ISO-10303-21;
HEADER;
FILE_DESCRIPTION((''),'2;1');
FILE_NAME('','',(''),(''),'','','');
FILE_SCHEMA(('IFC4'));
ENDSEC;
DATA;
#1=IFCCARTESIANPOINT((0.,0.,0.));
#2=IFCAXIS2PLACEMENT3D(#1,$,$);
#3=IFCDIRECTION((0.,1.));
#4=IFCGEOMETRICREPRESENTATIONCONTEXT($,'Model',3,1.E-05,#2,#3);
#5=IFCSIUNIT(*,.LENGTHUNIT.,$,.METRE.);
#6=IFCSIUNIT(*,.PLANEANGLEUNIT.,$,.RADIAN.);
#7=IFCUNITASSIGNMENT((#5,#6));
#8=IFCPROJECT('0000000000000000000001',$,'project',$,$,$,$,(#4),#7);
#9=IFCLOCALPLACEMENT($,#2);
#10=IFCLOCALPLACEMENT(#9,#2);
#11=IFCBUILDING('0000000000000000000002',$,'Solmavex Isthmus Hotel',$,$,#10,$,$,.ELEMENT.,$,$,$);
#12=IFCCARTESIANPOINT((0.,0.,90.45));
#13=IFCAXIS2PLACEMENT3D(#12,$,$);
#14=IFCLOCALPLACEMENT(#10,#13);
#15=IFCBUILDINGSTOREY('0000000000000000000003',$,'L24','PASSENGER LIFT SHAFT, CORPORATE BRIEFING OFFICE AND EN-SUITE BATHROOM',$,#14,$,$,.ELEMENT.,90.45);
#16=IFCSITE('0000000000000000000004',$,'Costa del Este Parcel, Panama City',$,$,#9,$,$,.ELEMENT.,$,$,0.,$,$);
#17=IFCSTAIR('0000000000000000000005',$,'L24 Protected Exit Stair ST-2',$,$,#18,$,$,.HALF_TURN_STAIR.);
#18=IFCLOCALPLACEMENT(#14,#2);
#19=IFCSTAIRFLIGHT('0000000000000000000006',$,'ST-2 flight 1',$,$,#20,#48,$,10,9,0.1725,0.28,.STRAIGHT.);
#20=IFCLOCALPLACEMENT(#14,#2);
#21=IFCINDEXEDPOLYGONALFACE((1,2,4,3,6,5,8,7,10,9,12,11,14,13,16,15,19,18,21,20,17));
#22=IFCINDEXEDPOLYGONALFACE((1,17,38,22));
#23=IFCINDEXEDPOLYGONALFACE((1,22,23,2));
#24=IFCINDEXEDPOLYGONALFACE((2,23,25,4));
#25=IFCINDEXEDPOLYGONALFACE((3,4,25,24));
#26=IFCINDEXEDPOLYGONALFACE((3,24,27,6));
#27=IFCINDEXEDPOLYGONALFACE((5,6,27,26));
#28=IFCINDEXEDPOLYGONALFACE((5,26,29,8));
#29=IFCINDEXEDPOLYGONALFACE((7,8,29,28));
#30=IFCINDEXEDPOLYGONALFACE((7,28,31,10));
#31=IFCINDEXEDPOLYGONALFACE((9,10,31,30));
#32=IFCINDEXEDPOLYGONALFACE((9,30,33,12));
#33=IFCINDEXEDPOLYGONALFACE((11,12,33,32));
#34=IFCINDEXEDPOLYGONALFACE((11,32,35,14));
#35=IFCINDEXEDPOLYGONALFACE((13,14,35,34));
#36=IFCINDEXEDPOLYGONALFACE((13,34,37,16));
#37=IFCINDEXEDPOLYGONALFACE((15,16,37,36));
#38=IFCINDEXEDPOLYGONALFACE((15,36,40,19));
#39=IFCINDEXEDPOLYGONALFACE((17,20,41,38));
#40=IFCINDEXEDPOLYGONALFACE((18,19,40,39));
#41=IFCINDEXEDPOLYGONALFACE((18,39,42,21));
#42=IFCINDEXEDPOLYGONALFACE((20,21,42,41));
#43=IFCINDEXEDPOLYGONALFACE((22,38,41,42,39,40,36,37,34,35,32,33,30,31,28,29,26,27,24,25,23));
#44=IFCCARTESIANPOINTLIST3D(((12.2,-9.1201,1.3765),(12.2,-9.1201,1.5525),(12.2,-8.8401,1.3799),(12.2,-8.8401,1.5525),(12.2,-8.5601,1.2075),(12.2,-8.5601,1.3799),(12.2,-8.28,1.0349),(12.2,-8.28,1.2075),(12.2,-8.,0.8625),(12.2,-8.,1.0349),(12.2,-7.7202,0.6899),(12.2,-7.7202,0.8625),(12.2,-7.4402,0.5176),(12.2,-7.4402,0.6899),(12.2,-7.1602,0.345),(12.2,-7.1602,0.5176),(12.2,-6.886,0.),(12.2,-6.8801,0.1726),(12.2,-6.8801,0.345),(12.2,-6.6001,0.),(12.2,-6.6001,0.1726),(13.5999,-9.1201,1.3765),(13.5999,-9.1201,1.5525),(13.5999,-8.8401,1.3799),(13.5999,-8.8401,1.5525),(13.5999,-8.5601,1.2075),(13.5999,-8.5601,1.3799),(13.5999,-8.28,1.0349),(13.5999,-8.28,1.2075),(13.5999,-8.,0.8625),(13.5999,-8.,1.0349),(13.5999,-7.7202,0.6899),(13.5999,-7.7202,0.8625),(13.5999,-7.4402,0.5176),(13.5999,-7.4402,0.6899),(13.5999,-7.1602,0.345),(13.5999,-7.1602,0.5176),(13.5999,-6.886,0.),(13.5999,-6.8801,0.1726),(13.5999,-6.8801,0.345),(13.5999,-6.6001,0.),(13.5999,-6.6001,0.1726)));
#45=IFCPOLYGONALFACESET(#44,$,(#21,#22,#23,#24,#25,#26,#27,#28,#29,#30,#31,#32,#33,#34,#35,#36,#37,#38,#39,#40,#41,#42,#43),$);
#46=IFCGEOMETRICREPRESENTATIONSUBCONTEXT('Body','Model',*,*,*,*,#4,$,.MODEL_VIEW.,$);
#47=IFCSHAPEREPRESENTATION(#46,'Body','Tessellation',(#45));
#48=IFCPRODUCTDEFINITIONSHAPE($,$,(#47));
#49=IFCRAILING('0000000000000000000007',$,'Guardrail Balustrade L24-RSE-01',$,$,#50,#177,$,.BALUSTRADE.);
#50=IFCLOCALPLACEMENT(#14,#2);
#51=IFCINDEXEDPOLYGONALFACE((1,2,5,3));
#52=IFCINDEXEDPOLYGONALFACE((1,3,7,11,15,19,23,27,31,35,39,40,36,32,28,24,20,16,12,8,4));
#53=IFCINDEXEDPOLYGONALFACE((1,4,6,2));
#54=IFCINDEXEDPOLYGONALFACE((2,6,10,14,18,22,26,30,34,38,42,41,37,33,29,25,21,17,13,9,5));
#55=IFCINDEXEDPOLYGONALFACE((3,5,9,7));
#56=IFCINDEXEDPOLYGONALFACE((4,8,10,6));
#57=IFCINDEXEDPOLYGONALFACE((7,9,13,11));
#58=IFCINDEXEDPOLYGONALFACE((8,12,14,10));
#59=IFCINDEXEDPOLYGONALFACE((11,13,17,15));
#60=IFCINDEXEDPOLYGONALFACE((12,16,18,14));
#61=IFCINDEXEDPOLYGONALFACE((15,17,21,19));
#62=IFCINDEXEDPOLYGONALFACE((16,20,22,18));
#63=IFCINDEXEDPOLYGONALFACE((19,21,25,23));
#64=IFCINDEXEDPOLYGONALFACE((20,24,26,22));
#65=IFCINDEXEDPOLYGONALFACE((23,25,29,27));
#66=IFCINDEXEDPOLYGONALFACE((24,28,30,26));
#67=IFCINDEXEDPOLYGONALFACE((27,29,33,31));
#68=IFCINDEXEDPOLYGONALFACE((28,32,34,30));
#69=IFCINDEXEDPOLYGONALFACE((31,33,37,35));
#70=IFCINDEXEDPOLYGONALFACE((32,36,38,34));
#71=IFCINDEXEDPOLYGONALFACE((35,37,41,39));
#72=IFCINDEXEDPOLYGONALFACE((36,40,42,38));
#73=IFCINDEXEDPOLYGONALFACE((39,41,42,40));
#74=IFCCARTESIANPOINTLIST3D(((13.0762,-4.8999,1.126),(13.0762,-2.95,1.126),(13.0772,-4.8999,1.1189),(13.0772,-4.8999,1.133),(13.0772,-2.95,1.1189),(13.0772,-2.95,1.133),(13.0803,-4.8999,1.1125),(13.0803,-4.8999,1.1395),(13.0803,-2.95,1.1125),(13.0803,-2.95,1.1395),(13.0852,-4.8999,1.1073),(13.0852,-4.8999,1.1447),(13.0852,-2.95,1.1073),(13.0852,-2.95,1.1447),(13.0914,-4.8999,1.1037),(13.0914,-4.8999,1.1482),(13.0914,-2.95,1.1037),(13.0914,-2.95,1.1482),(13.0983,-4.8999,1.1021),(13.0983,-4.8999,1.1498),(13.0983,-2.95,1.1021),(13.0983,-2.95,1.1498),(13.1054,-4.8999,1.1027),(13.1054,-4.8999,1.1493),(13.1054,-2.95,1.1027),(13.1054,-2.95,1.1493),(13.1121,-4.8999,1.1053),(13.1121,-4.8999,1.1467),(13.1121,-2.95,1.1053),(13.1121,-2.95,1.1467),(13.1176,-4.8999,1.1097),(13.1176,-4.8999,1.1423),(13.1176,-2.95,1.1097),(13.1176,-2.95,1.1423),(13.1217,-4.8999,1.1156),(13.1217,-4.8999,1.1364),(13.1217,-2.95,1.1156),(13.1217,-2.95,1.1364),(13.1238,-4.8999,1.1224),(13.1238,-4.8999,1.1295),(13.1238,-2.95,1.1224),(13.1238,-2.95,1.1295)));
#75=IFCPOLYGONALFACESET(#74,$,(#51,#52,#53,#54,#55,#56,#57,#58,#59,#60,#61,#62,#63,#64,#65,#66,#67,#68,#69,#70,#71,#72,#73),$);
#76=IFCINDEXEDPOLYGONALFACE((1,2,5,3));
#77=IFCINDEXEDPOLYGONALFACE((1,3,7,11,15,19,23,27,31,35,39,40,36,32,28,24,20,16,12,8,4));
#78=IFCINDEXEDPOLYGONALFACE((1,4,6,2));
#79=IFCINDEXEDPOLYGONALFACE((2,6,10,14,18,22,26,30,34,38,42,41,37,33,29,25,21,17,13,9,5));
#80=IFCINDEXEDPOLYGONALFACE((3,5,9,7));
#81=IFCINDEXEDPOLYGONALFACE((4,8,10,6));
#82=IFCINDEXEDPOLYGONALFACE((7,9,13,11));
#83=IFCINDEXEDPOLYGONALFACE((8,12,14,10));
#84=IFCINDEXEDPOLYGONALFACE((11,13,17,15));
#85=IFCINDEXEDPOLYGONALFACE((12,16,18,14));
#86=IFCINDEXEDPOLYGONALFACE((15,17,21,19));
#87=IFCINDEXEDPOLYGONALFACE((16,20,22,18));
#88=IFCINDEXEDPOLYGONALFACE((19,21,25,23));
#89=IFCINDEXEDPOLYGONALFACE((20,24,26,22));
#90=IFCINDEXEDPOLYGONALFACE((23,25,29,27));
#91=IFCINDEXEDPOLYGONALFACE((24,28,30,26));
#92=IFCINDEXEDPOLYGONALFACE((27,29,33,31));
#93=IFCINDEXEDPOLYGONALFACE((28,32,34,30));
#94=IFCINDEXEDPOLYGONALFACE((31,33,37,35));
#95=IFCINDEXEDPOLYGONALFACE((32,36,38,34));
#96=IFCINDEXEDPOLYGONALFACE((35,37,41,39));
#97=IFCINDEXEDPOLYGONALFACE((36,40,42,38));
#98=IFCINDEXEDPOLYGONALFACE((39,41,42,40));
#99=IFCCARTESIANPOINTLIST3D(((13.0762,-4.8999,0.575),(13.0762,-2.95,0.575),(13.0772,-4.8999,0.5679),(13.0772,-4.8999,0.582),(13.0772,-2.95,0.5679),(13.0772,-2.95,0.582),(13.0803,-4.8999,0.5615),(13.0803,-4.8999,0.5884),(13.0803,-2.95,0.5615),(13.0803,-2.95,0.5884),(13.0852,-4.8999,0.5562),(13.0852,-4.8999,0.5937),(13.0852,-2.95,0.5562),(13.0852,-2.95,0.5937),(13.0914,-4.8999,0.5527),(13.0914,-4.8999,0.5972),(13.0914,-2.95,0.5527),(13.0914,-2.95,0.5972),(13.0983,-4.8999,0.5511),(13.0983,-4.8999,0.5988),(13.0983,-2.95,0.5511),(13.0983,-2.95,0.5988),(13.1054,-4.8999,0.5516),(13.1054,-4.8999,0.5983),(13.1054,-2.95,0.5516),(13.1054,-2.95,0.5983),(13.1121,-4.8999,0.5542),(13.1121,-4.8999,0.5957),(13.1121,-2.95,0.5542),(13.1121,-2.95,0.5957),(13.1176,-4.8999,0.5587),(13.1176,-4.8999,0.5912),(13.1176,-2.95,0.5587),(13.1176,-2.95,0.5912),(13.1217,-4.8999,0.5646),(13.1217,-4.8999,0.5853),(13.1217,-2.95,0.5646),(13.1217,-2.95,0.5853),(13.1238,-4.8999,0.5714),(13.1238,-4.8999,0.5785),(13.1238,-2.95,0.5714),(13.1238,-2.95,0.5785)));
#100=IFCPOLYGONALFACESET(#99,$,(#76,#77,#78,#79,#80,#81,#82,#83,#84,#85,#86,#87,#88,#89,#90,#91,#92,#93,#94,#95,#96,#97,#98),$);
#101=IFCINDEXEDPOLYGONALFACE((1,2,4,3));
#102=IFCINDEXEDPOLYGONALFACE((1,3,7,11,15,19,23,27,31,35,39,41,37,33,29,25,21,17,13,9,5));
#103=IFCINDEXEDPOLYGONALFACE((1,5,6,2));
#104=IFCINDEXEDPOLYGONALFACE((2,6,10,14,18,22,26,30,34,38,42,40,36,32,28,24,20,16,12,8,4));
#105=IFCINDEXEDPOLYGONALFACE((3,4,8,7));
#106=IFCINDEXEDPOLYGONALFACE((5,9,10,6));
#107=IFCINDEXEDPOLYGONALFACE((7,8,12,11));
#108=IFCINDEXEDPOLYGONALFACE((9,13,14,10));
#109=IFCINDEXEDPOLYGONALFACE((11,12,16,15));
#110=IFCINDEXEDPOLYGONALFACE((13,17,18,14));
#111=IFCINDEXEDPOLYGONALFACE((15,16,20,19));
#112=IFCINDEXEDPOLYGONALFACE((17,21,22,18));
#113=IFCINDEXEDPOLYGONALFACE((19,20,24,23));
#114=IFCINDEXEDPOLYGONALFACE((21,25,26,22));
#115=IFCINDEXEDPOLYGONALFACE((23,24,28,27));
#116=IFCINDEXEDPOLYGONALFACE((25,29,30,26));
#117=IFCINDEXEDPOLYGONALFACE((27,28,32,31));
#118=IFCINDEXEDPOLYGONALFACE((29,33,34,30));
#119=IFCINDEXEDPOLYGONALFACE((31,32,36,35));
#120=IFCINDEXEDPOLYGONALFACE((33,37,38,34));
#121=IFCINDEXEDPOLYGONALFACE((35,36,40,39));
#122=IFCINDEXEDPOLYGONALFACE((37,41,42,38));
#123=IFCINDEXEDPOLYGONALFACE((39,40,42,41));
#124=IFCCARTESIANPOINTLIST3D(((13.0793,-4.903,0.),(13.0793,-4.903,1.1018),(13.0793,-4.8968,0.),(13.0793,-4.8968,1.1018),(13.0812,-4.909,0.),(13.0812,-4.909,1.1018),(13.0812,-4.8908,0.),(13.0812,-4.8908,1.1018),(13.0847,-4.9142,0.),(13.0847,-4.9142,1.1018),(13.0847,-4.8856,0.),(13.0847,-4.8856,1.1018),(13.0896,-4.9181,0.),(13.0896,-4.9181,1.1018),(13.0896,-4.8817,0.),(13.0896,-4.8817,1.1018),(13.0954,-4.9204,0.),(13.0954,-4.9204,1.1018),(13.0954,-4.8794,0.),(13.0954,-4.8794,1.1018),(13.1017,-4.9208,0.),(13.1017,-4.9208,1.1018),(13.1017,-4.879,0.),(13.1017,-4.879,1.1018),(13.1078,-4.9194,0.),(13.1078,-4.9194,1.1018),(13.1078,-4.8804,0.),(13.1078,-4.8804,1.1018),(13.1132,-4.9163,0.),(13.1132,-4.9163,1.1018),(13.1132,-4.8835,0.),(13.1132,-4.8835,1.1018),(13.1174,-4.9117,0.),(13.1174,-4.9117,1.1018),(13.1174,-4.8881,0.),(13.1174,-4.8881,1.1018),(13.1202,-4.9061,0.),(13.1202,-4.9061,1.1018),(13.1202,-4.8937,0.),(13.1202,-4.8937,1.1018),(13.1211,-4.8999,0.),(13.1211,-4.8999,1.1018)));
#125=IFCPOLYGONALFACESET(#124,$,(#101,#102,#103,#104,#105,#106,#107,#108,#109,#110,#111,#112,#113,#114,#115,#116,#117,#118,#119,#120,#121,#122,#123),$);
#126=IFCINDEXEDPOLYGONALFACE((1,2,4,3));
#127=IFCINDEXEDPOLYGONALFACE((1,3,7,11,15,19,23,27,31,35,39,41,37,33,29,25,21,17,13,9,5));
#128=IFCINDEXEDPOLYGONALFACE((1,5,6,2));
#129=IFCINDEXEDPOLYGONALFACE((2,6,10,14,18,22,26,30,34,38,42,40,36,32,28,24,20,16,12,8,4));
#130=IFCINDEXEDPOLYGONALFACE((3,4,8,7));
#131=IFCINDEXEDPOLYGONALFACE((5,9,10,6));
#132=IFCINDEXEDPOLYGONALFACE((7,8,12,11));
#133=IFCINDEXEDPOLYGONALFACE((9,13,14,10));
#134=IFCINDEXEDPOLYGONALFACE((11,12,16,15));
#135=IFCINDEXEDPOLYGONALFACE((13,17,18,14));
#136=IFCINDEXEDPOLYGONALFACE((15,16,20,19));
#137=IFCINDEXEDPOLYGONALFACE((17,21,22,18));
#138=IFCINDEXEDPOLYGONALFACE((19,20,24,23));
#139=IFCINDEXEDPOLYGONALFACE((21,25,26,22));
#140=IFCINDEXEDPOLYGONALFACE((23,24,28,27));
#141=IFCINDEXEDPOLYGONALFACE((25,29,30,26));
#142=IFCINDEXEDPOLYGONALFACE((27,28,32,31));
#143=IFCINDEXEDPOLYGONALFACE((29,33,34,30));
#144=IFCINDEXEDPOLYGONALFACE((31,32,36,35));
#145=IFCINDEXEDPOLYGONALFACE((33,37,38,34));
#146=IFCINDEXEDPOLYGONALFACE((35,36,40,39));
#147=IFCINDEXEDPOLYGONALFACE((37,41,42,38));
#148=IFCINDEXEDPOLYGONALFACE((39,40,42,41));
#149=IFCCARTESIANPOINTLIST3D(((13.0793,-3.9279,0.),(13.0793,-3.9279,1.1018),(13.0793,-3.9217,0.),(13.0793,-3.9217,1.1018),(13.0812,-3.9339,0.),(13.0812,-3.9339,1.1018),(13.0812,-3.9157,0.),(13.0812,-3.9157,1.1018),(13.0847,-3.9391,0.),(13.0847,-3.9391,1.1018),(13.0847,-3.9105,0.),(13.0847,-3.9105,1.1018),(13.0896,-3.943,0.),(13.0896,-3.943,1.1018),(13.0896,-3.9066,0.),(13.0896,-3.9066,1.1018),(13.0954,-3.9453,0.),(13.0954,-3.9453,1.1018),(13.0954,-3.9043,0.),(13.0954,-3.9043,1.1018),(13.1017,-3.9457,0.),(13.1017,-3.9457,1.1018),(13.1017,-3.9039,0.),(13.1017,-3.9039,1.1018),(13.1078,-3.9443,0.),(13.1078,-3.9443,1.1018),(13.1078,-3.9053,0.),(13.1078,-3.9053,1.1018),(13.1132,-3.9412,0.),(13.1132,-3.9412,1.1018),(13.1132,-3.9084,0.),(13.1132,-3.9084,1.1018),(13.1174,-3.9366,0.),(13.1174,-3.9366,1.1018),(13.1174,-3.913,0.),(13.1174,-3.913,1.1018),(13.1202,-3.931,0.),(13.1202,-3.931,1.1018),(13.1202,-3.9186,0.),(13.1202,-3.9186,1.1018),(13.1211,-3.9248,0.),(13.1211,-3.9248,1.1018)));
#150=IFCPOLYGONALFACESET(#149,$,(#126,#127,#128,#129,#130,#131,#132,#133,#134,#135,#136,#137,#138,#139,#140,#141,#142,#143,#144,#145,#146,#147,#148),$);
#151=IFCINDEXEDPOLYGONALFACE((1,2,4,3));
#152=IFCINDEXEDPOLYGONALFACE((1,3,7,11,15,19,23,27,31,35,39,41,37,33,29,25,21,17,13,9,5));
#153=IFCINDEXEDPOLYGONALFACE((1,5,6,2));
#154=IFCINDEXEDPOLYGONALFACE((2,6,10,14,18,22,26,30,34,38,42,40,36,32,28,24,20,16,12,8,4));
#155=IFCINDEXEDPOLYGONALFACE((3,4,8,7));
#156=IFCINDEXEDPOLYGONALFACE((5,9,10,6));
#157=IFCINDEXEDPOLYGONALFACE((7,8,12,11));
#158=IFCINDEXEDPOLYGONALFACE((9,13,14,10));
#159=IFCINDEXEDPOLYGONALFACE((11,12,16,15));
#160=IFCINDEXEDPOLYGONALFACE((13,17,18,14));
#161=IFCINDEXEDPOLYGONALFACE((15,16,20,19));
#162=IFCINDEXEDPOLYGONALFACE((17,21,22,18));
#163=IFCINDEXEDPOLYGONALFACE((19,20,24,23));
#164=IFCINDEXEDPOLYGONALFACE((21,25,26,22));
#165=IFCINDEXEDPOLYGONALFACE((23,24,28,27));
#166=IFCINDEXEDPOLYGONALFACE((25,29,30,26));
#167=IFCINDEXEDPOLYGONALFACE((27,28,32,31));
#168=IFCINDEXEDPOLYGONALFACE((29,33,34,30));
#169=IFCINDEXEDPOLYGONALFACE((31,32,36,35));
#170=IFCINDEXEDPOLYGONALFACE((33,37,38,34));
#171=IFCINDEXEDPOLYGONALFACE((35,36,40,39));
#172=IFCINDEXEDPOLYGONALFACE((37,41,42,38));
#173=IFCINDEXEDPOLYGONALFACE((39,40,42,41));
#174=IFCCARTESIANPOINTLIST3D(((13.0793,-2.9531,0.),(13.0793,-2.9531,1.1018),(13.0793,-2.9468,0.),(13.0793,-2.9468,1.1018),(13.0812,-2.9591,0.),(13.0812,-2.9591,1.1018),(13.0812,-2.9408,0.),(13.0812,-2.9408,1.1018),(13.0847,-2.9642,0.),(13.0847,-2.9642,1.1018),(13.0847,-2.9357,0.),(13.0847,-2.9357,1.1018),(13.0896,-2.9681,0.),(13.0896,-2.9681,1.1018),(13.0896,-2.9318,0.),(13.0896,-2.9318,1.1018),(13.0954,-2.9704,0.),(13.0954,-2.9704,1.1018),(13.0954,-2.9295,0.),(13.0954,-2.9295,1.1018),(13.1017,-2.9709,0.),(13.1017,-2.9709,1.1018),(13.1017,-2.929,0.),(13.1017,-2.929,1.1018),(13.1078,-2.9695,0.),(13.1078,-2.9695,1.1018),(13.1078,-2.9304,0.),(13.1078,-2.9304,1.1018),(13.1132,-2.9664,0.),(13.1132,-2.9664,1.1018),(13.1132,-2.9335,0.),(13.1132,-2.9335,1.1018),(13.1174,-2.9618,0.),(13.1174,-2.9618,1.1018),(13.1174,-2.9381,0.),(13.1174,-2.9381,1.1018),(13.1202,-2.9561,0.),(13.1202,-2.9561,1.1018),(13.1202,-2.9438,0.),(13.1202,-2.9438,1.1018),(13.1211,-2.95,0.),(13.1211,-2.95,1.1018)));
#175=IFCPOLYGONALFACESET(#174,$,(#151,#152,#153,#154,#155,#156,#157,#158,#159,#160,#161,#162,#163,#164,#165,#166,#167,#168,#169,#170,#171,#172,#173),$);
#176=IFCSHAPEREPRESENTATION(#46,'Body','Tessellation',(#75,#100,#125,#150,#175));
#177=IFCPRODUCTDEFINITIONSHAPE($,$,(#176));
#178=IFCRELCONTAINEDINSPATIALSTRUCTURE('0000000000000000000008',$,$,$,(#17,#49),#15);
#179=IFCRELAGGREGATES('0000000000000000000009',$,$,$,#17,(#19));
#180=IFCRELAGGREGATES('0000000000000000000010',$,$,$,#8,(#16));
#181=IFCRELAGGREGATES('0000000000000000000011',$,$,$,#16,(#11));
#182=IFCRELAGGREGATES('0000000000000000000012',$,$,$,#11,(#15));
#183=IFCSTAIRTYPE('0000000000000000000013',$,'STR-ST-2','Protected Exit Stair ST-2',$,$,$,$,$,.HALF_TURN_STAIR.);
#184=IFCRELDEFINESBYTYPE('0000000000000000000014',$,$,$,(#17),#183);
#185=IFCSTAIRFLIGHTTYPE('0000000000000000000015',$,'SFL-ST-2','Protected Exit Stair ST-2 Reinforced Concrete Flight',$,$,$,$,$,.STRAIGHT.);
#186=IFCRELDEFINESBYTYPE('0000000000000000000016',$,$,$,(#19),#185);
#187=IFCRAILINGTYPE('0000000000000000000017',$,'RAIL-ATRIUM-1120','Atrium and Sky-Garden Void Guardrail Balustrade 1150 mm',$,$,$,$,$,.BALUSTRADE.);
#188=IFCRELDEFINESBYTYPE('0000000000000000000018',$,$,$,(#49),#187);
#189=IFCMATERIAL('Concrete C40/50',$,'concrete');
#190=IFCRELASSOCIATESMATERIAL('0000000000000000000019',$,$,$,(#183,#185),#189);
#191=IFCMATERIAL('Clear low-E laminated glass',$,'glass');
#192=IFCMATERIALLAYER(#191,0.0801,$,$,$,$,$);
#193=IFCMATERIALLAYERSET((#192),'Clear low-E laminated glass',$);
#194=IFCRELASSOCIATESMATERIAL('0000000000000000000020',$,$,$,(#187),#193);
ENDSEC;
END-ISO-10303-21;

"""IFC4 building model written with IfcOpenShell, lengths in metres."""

from ifc_helpers import new_model, si_unit, direction, frame, origin, origin_2d, place, context, subcontext, project, spatial, polyline, circle, outline, extrude, material, layer, layer_set, type_object, element, aggregate, save


model = new_model("IFC4")

# Units and contexts
model_context = context("Model", 3, precision=1e-05, world=origin(), true_north=direction((0.0, 1.0)))
body_context = subcontext(model_context, "Body", "Model", "MODEL_VIEW")
ifc_project = project(units=[si_unit("LENGTHUNIT", "METRE"), si_unit("PLANEANGLEUNIT", "RADIAN")], contexts=[model_context])

# Site, building, storey
site_placement = place(None, origin())
site = spatial("IfcSite", under=ifc_project, at=site_placement, Name="Costa del Este Parcel, Panama City", CompositionType="ELEMENT", RefElevation=0.0)
building_placement = place(site_placement, origin())
building = spatial("IfcBuilding", under=site, at=building_placement, Name="Solmavex Isthmus Hotel", CompositionType="ELEMENT")
storey_placement = place(building_placement, frame((0.0, 0.0, 90.45)))
storey = spatial("IfcBuildingStorey", under=building, at=storey_placement, Name="L24", Description="PASSENGER LIFT SHAFT, CORPORATE BRIEFING OFFICE AND EN-SUITE BATHROOM", CompositionType="ELEMENT", Elevation=90.45)

# Shared definitions
ifc_material_1 = material(Name="Concrete C40/50", Category="concrete")

# Stair, stair flight
stair_type = type_object("IfcStairType", Name="STR-ST-2", Description="Protected Exit Stair ST-2", PredefinedType="HALF_TURN_STAIR", material=ifc_material_1)
stair_placement = place(storey_placement, origin())
stair = element("IfcStair", 1, at=stair_placement, inside=storey, type_object=stair_type, Name="L24 Protected Exit Stair ST-2", PredefinedType="HALF_TURN_STAIR")
stair_flight_type = type_object("IfcStairFlightType", Name="SFL-ST-2", Description="Protected Exit Stair ST-2 Reinforced Concrete Flight", PredefinedType="STRAIGHT", material=ifc_material_1)
stair_flight_placement = place(storey_placement, frame((12.8999, -6.6001, 0.0), z_axis=(0.0, 0.0, 1.0), x_axis=(0.0, -1.0, 0.0)))
stair_flight = element("IfcStairFlight", 2, at=stair_flight_placement, type_object=stair_flight_type, Name="ST-2 flight 1", NumberOfRisers=10, NumberOfTreads=9, PredefinedType="STRAIGHT", RiserHeight=0.1725, TreadLength=0.28, context=body_context, shape_type="SweptSolid", body=[
    extrude(outline(polyline([(0.0, 0.0), (0.0, 0.1726), (0.28, 0.1726), (0.28, 0.345), (0.5601, 0.345), (0.5601, 0.5176), (0.8401, 0.5176), (0.8401, 0.6899), (1.1201, 0.6899), (1.1201, 0.8625), (1.3999, 0.8625), (1.3999, 1.0349), (1.6799, 1.0349), (1.6799, 1.2075), (1.96, 1.2075), (1.96, 1.3799), (2.24, 1.3799), (2.24, 1.5525), (2.52, 1.5525), (2.52, 1.7251), (2.52, 1.3765), (0.2859, 0.0), (0.0, 0.0)])), frame((0.0, 0.7, 0.0), z_axis=(0.0, -1.0, 0.0), x_axis=(1.0, 0.0, 0.0)), (0.0, 0.0, 1.0), 1.3999),
])
aggregate(stair, [stair_flight])

# Railing
ifc_material_2 = material(Name="Clear low-E laminated glass", Category="glass")
ifc_layer_1 = layer(ifc_material_2, 0.0801)
ifc_layer_set_1 = layer_set([ifc_layer_1], Name="Clear low-E laminated glass")
railing_type_1 = type_object("IfcRailingType", Name="RAIL-ATRIUM-1120", Description="Atrium and Sky-Garden Void Guardrail Balustrade 1150 mm", PredefinedType="BALUSTRADE", material=ifc_layer_set_1)
railing_1_placement = place(storey_placement, frame((13.1001, -4.8999, 0.0)))
element("IfcRailing", 3, at=railing_1_placement, inside=storey, type_object=railing_type_1, Name="Guardrail Balustrade L24-RSE-01", PredefinedType="BALUSTRADE", context=body_context, shape_type="SweptSolid", body=[
    extrude(circle(Radius=0.0239, at=origin_2d()), frame((0.0, 0.0, 1.126), z_axis=(0.0, 1.0, 0.0), x_axis=(-1.0, 0.0, 0.0)), (0.0, 0.0, 1.0), 1.95),
    extrude(circle(Radius=0.0239, at=origin_2d()), frame((0.0, 0.0, 0.575), z_axis=(0.0, 1.0, 0.0), x_axis=(-1.0, 0.0, 0.0)), (0.0, 0.0, 1.0), 1.95),
    extrude(circle(Radius=0.021, at=origin_2d()), origin(), (0.0, 0.0, 1.0), 1.1018),
    extrude(circle(Radius=0.021, at=origin_2d()), frame((0.0, 0.9751, 0.0)), (0.0, 0.0, 1.0), 1.1018),
    extrude(circle(Radius=0.021, at=origin_2d()), frame((0.0, 1.95, 0.0)), (0.0, 0.0, 1.0), 1.1018),
])

save(model, "model.ifc")
